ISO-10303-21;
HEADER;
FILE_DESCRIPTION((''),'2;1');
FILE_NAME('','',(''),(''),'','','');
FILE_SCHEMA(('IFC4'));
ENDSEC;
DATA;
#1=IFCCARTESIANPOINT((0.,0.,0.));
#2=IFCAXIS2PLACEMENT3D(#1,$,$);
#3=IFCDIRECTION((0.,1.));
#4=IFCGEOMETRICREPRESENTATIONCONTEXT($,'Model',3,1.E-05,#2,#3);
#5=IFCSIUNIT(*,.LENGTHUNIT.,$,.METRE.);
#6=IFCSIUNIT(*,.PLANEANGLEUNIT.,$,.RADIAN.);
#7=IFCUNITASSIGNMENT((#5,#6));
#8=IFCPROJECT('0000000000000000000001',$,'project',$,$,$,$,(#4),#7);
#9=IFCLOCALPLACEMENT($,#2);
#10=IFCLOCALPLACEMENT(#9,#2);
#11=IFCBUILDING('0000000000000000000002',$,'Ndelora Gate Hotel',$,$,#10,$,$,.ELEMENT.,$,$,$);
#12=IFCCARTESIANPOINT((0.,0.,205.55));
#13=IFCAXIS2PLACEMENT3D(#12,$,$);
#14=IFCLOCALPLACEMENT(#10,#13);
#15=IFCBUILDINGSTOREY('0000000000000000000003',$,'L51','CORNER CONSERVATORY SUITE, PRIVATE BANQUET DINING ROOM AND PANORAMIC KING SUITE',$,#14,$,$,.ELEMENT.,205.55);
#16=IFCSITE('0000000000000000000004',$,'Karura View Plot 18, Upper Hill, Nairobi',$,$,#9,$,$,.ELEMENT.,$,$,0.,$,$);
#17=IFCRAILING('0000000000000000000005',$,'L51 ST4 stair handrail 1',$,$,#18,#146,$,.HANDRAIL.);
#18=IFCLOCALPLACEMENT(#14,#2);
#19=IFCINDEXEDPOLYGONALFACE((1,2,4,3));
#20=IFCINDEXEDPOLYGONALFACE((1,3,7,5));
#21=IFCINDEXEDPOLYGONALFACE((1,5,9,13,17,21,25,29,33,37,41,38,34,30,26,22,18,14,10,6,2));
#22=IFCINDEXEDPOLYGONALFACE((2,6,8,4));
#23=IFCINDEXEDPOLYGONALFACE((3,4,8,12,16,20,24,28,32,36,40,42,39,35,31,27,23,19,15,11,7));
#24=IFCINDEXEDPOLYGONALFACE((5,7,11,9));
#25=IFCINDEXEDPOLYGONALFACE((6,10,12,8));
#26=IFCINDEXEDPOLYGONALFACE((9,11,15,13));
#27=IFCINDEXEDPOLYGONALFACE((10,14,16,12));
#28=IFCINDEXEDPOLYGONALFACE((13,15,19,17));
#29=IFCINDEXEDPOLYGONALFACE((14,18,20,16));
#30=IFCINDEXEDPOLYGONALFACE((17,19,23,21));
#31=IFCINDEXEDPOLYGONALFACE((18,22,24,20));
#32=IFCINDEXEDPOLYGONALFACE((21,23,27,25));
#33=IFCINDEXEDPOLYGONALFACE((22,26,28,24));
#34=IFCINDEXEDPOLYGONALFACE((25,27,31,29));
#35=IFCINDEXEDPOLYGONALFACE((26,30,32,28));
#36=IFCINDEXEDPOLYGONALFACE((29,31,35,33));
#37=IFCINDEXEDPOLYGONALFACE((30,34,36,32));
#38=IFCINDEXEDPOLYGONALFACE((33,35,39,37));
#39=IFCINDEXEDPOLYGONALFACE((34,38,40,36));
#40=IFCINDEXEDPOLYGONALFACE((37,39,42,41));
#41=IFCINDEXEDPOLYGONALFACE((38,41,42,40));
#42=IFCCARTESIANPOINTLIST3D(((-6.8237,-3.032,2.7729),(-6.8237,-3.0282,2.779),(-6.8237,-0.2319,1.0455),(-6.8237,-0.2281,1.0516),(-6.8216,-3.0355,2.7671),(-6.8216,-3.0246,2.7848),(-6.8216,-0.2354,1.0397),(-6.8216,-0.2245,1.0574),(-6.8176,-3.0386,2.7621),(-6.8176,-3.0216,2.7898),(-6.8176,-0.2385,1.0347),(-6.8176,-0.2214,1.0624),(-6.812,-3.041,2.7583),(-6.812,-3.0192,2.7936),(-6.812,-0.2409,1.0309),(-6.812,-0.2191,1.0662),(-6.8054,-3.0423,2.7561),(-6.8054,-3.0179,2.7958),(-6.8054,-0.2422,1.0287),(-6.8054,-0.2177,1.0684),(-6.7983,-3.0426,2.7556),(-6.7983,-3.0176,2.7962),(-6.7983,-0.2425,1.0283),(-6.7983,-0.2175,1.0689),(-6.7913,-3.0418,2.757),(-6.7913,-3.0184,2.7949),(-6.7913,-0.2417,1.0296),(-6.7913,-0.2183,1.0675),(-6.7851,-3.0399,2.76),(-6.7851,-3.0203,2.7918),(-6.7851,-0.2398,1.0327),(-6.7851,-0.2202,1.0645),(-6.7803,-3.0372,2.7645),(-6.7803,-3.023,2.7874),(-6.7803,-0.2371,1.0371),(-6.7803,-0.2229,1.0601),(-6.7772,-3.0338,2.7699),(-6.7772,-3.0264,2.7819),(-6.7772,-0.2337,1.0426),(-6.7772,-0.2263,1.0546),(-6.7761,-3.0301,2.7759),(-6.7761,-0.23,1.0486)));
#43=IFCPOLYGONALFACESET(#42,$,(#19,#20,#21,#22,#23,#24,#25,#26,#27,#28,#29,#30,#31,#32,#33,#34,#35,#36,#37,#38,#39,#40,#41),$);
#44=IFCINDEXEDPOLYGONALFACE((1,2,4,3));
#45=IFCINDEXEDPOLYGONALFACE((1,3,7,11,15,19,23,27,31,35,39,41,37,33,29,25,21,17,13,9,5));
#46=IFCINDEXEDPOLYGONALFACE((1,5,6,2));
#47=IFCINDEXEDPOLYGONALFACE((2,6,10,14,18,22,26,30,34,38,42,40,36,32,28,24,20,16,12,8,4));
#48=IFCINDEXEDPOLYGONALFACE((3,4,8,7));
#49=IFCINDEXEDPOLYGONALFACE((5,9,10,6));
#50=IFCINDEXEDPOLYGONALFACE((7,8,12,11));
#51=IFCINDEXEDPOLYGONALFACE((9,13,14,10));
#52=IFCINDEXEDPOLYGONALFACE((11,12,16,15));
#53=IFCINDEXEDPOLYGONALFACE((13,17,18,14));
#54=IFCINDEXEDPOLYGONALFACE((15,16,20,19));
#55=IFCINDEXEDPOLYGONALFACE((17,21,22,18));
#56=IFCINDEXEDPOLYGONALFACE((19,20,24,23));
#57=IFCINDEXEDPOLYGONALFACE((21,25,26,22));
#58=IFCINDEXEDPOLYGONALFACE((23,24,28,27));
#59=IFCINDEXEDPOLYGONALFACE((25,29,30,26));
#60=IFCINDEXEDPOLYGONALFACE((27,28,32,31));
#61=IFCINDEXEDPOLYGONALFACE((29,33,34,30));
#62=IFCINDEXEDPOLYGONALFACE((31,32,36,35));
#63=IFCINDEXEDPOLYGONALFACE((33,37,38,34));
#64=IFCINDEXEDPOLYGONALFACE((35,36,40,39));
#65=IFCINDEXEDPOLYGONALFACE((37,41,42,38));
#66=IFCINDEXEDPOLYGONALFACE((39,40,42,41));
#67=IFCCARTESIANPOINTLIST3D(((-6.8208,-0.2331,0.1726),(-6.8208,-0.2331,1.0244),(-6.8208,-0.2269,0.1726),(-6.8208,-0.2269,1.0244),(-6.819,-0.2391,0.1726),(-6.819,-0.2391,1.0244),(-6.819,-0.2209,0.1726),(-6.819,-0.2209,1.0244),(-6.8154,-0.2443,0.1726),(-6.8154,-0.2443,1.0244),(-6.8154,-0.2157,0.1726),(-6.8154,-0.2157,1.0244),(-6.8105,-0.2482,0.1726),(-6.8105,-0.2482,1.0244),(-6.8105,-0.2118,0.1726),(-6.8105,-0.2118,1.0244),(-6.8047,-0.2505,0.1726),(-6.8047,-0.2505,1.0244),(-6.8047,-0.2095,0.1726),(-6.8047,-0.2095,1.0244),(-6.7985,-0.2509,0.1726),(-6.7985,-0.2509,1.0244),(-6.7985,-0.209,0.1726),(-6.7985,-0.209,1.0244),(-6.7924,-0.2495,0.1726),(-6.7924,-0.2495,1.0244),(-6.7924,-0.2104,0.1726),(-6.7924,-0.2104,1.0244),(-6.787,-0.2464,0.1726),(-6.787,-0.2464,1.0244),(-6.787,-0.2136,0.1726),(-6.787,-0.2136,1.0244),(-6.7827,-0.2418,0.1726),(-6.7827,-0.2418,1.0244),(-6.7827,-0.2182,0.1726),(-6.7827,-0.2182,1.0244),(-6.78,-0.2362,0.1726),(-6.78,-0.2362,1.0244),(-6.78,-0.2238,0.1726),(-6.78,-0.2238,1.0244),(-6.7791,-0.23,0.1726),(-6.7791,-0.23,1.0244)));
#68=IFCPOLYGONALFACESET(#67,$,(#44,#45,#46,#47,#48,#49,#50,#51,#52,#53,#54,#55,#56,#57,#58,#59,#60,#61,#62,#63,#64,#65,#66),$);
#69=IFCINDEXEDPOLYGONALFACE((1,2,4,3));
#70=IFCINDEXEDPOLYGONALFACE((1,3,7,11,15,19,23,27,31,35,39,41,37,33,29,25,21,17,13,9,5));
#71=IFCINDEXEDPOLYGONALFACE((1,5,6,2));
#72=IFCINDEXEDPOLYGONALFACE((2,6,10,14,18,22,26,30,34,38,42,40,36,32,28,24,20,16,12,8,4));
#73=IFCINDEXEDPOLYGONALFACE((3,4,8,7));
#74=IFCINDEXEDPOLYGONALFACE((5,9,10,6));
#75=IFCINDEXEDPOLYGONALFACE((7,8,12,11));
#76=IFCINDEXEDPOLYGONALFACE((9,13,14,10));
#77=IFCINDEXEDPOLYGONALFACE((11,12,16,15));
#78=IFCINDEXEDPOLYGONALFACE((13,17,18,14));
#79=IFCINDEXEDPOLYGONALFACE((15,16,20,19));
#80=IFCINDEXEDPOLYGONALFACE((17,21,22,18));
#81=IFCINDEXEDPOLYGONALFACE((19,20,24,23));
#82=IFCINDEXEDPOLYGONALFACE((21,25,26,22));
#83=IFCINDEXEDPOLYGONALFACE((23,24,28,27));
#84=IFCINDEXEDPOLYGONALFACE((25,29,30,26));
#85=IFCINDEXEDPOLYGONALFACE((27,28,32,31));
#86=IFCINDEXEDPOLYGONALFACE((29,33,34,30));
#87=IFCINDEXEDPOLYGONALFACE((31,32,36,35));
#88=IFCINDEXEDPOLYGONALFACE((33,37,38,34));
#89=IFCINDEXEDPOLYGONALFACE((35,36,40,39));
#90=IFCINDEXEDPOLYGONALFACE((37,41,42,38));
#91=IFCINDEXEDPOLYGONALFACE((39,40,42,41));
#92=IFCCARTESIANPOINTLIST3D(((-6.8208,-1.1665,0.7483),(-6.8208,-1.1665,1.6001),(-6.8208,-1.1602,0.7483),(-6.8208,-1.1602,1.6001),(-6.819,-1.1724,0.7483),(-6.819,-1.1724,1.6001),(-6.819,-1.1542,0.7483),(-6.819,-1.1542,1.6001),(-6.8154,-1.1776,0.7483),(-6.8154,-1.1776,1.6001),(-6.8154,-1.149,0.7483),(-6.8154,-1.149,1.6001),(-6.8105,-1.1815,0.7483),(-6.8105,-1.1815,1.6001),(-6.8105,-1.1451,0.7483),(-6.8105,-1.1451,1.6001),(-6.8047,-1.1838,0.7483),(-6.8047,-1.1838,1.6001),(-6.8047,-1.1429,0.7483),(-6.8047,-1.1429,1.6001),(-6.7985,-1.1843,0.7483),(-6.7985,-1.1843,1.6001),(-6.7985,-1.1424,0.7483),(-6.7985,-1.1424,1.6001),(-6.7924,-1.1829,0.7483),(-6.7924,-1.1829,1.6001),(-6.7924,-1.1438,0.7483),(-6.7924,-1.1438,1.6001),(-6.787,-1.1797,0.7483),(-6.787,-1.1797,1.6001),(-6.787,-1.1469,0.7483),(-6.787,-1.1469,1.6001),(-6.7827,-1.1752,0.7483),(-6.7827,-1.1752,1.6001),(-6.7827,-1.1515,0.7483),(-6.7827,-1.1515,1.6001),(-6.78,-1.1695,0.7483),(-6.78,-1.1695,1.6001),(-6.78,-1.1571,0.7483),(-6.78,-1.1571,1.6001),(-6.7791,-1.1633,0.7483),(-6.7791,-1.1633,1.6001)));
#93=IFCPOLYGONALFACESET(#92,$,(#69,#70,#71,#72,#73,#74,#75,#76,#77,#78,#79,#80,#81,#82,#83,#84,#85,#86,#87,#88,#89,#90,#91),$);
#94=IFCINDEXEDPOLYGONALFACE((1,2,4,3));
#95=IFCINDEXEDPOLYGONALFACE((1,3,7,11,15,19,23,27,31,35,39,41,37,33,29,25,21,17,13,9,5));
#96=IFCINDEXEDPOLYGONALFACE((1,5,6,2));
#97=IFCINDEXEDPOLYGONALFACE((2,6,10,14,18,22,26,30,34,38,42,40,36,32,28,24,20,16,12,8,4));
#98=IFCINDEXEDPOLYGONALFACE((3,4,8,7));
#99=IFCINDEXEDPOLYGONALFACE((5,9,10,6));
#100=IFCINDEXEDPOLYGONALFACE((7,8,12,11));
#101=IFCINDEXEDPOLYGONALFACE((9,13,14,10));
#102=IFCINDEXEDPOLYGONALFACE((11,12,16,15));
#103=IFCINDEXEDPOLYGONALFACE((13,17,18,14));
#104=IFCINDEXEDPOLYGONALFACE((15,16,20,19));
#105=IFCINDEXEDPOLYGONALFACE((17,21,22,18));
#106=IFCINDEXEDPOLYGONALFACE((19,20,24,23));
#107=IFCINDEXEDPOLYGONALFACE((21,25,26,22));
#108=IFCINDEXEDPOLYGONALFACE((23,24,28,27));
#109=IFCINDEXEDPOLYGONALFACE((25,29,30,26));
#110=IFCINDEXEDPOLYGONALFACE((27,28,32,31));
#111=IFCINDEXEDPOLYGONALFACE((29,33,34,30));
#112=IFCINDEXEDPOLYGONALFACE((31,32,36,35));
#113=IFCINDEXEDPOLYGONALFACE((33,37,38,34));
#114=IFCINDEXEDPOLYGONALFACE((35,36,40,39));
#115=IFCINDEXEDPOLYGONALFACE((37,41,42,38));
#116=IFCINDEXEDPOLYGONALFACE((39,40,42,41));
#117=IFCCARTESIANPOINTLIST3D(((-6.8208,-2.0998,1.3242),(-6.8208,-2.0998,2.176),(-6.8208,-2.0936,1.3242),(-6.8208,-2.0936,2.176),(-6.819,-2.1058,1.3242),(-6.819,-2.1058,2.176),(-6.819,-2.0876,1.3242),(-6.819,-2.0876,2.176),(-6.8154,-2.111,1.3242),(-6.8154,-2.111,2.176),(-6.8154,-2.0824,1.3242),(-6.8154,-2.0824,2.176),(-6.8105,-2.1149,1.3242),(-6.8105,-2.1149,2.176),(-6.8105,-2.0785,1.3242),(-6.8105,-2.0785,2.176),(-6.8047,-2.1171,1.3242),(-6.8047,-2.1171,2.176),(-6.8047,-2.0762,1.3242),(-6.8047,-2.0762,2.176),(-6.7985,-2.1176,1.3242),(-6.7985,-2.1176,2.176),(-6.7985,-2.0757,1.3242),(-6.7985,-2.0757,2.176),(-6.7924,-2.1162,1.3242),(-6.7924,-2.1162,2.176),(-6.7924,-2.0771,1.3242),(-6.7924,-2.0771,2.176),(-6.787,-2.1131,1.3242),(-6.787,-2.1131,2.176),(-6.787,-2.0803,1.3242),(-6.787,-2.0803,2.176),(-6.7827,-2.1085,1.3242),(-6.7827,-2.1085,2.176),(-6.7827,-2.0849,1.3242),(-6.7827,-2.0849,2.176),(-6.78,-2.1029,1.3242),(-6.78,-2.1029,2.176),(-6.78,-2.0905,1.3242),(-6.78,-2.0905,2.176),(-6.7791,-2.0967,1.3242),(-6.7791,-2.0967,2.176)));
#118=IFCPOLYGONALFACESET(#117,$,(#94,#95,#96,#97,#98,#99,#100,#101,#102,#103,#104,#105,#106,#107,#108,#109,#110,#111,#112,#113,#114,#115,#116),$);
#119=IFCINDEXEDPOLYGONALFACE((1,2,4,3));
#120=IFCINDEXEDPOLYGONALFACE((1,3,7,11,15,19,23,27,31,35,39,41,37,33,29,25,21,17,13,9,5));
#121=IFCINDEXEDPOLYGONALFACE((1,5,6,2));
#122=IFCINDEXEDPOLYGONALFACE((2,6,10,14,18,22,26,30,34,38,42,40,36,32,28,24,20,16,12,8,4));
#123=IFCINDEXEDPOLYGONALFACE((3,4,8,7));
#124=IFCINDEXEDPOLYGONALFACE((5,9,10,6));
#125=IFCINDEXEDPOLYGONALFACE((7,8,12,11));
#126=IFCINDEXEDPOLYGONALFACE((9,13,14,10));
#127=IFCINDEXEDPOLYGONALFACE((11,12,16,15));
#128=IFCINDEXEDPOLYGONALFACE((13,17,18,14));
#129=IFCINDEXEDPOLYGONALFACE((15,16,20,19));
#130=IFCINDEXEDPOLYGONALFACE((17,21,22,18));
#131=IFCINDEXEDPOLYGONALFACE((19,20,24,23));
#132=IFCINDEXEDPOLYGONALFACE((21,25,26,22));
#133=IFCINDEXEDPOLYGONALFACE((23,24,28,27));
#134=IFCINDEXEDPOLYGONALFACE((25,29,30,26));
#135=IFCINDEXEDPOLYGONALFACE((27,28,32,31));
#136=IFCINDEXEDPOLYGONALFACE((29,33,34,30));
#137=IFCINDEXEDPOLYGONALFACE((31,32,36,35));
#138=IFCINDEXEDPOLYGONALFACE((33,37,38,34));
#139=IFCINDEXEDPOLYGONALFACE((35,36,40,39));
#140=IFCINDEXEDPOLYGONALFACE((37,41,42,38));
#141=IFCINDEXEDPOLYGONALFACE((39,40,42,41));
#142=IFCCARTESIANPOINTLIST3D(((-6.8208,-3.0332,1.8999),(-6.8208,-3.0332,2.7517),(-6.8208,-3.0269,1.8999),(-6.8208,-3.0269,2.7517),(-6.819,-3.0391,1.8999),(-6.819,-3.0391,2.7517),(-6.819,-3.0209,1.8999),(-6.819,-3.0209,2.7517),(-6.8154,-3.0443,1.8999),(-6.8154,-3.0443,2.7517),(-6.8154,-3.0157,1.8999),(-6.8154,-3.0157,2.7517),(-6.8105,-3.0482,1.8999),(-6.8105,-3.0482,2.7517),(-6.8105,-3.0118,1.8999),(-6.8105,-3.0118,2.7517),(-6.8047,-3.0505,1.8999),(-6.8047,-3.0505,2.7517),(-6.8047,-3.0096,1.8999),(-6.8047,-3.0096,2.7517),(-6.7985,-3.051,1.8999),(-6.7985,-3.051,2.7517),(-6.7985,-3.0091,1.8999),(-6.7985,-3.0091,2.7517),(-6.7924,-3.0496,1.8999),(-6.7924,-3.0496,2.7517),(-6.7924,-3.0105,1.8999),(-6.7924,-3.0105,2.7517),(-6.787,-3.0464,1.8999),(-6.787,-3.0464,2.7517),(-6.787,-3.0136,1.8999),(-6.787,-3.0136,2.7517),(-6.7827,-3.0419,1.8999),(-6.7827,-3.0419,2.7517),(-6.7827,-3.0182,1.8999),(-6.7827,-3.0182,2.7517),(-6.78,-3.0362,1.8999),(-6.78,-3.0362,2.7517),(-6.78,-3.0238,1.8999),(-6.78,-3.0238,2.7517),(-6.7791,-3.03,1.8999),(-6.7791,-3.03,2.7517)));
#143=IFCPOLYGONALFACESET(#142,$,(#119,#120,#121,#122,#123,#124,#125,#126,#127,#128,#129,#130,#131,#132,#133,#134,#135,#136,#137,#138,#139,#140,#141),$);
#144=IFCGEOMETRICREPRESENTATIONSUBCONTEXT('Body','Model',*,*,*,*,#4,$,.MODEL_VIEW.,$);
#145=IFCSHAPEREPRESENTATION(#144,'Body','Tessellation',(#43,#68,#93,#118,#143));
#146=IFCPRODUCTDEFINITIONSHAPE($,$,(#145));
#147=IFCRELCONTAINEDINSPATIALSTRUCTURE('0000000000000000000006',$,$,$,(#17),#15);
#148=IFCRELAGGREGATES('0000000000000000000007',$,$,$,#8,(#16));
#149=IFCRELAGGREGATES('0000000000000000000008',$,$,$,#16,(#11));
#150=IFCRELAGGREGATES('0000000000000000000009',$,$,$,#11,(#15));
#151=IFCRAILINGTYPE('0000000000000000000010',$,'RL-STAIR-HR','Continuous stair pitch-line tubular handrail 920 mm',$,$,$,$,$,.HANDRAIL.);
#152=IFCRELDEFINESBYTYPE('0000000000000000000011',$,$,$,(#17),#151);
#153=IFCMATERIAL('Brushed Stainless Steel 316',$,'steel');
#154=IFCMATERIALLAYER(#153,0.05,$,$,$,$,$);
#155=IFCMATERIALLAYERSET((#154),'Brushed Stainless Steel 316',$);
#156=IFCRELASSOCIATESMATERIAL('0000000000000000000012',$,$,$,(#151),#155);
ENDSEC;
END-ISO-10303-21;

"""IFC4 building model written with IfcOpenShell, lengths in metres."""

from ifc_helpers import new_model, si_unit, direction, frame, origin, origin_2d, place, context, subcontext, project, spatial, circle, extrude, material, layer, layer_set, type_object, element, save


model = new_model("IFC4")

# Units and contexts
model_context = context("Model", 3, precision=1e-05, world=origin(), true_north=direction((0.0, 1.0)))
body_context = subcontext(model_context, "Body", "Model", "MODEL_VIEW")
ifc_project = project(units=[si_unit("LENGTHUNIT", "METRE"), si_unit("PLANEANGLEUNIT", "RADIAN")], contexts=[model_context])

# Site, building, storey
site_placement = place(None, origin())
site = spatial("IfcSite", under=ifc_project, at=site_placement, Name="Karura View Plot 18, Upper Hill, Nairobi", CompositionType="ELEMENT", RefElevation=0.0)
building_placement = place(site_placement, origin())
building = spatial("IfcBuilding", under=site, at=building_placement, Name="Ndelora Gate Hotel", CompositionType="ELEMENT")
storey_placement = place(building_placement, frame((0.0, 0.0, 205.55)))
storey = spatial("IfcBuildingStorey", under=building, at=storey_placement, Name="L51", Description="CORNER CONSERVATORY SUITE, PRIVATE BANQUET DINING ROOM AND PANORAMIC KING SUITE", CompositionType="ELEMENT", Elevation=205.55)

# Railing
ifc_material_1 = material(Name="Brushed Stainless Steel 316", Category="steel")
ifc_layer_1 = layer(ifc_material_1, 0.05)
ifc_layer_set_1 = layer_set([ifc_layer_1], Name="Brushed Stainless Steel 316")
railing_type_1 = type_object("IfcRailingType", Name="RL-STAIR-HR", Description="Continuous stair pitch-line tubular handrail 920 mm", PredefinedType="HANDRAIL", material=ifc_layer_set_1)
railing_1_placement = place(storey_placement, frame((-6.8, -0.23, 0.1726)))
element("IfcRailing", 1, at=railing_1_placement, inside=storey, type_object=railing_type_1, Name="L51 ST4 stair handrail 1", PredefinedType="HANDRAIL", context=body_context, shape_type="SweptSolid", body=[
    extrude(circle(Radius=0.0239, at=origin_2d()), frame((0.0, 0.0, 0.876), z_axis=(0.0, -0.85109, 0.52502), x_axis=(1.0, 0.0, 0.0)), (0.0, 0.0, 1.0), 3.29),
    extrude(circle(Radius=0.021, at=origin_2d()), origin(), (0.0, 0.0, 1.0), 0.8518),
    extrude(circle(Radius=0.021, at=origin_2d()), frame((0.0, -0.9333, 0.5757)), (0.0, 0.0, 1.0), 0.8518),
    extrude(circle(Radius=0.021, at=origin_2d()), frame((0.0, -1.8667, 1.1516)), (0.0, 0.0, 1.0), 0.8518),
    extrude(circle(Radius=0.021, at=origin_2d()), frame((0.0, -2.8, 1.7273)), (0.0, 0.0, 1.0), 0.8518),
])

save(model, "model.ifc")
